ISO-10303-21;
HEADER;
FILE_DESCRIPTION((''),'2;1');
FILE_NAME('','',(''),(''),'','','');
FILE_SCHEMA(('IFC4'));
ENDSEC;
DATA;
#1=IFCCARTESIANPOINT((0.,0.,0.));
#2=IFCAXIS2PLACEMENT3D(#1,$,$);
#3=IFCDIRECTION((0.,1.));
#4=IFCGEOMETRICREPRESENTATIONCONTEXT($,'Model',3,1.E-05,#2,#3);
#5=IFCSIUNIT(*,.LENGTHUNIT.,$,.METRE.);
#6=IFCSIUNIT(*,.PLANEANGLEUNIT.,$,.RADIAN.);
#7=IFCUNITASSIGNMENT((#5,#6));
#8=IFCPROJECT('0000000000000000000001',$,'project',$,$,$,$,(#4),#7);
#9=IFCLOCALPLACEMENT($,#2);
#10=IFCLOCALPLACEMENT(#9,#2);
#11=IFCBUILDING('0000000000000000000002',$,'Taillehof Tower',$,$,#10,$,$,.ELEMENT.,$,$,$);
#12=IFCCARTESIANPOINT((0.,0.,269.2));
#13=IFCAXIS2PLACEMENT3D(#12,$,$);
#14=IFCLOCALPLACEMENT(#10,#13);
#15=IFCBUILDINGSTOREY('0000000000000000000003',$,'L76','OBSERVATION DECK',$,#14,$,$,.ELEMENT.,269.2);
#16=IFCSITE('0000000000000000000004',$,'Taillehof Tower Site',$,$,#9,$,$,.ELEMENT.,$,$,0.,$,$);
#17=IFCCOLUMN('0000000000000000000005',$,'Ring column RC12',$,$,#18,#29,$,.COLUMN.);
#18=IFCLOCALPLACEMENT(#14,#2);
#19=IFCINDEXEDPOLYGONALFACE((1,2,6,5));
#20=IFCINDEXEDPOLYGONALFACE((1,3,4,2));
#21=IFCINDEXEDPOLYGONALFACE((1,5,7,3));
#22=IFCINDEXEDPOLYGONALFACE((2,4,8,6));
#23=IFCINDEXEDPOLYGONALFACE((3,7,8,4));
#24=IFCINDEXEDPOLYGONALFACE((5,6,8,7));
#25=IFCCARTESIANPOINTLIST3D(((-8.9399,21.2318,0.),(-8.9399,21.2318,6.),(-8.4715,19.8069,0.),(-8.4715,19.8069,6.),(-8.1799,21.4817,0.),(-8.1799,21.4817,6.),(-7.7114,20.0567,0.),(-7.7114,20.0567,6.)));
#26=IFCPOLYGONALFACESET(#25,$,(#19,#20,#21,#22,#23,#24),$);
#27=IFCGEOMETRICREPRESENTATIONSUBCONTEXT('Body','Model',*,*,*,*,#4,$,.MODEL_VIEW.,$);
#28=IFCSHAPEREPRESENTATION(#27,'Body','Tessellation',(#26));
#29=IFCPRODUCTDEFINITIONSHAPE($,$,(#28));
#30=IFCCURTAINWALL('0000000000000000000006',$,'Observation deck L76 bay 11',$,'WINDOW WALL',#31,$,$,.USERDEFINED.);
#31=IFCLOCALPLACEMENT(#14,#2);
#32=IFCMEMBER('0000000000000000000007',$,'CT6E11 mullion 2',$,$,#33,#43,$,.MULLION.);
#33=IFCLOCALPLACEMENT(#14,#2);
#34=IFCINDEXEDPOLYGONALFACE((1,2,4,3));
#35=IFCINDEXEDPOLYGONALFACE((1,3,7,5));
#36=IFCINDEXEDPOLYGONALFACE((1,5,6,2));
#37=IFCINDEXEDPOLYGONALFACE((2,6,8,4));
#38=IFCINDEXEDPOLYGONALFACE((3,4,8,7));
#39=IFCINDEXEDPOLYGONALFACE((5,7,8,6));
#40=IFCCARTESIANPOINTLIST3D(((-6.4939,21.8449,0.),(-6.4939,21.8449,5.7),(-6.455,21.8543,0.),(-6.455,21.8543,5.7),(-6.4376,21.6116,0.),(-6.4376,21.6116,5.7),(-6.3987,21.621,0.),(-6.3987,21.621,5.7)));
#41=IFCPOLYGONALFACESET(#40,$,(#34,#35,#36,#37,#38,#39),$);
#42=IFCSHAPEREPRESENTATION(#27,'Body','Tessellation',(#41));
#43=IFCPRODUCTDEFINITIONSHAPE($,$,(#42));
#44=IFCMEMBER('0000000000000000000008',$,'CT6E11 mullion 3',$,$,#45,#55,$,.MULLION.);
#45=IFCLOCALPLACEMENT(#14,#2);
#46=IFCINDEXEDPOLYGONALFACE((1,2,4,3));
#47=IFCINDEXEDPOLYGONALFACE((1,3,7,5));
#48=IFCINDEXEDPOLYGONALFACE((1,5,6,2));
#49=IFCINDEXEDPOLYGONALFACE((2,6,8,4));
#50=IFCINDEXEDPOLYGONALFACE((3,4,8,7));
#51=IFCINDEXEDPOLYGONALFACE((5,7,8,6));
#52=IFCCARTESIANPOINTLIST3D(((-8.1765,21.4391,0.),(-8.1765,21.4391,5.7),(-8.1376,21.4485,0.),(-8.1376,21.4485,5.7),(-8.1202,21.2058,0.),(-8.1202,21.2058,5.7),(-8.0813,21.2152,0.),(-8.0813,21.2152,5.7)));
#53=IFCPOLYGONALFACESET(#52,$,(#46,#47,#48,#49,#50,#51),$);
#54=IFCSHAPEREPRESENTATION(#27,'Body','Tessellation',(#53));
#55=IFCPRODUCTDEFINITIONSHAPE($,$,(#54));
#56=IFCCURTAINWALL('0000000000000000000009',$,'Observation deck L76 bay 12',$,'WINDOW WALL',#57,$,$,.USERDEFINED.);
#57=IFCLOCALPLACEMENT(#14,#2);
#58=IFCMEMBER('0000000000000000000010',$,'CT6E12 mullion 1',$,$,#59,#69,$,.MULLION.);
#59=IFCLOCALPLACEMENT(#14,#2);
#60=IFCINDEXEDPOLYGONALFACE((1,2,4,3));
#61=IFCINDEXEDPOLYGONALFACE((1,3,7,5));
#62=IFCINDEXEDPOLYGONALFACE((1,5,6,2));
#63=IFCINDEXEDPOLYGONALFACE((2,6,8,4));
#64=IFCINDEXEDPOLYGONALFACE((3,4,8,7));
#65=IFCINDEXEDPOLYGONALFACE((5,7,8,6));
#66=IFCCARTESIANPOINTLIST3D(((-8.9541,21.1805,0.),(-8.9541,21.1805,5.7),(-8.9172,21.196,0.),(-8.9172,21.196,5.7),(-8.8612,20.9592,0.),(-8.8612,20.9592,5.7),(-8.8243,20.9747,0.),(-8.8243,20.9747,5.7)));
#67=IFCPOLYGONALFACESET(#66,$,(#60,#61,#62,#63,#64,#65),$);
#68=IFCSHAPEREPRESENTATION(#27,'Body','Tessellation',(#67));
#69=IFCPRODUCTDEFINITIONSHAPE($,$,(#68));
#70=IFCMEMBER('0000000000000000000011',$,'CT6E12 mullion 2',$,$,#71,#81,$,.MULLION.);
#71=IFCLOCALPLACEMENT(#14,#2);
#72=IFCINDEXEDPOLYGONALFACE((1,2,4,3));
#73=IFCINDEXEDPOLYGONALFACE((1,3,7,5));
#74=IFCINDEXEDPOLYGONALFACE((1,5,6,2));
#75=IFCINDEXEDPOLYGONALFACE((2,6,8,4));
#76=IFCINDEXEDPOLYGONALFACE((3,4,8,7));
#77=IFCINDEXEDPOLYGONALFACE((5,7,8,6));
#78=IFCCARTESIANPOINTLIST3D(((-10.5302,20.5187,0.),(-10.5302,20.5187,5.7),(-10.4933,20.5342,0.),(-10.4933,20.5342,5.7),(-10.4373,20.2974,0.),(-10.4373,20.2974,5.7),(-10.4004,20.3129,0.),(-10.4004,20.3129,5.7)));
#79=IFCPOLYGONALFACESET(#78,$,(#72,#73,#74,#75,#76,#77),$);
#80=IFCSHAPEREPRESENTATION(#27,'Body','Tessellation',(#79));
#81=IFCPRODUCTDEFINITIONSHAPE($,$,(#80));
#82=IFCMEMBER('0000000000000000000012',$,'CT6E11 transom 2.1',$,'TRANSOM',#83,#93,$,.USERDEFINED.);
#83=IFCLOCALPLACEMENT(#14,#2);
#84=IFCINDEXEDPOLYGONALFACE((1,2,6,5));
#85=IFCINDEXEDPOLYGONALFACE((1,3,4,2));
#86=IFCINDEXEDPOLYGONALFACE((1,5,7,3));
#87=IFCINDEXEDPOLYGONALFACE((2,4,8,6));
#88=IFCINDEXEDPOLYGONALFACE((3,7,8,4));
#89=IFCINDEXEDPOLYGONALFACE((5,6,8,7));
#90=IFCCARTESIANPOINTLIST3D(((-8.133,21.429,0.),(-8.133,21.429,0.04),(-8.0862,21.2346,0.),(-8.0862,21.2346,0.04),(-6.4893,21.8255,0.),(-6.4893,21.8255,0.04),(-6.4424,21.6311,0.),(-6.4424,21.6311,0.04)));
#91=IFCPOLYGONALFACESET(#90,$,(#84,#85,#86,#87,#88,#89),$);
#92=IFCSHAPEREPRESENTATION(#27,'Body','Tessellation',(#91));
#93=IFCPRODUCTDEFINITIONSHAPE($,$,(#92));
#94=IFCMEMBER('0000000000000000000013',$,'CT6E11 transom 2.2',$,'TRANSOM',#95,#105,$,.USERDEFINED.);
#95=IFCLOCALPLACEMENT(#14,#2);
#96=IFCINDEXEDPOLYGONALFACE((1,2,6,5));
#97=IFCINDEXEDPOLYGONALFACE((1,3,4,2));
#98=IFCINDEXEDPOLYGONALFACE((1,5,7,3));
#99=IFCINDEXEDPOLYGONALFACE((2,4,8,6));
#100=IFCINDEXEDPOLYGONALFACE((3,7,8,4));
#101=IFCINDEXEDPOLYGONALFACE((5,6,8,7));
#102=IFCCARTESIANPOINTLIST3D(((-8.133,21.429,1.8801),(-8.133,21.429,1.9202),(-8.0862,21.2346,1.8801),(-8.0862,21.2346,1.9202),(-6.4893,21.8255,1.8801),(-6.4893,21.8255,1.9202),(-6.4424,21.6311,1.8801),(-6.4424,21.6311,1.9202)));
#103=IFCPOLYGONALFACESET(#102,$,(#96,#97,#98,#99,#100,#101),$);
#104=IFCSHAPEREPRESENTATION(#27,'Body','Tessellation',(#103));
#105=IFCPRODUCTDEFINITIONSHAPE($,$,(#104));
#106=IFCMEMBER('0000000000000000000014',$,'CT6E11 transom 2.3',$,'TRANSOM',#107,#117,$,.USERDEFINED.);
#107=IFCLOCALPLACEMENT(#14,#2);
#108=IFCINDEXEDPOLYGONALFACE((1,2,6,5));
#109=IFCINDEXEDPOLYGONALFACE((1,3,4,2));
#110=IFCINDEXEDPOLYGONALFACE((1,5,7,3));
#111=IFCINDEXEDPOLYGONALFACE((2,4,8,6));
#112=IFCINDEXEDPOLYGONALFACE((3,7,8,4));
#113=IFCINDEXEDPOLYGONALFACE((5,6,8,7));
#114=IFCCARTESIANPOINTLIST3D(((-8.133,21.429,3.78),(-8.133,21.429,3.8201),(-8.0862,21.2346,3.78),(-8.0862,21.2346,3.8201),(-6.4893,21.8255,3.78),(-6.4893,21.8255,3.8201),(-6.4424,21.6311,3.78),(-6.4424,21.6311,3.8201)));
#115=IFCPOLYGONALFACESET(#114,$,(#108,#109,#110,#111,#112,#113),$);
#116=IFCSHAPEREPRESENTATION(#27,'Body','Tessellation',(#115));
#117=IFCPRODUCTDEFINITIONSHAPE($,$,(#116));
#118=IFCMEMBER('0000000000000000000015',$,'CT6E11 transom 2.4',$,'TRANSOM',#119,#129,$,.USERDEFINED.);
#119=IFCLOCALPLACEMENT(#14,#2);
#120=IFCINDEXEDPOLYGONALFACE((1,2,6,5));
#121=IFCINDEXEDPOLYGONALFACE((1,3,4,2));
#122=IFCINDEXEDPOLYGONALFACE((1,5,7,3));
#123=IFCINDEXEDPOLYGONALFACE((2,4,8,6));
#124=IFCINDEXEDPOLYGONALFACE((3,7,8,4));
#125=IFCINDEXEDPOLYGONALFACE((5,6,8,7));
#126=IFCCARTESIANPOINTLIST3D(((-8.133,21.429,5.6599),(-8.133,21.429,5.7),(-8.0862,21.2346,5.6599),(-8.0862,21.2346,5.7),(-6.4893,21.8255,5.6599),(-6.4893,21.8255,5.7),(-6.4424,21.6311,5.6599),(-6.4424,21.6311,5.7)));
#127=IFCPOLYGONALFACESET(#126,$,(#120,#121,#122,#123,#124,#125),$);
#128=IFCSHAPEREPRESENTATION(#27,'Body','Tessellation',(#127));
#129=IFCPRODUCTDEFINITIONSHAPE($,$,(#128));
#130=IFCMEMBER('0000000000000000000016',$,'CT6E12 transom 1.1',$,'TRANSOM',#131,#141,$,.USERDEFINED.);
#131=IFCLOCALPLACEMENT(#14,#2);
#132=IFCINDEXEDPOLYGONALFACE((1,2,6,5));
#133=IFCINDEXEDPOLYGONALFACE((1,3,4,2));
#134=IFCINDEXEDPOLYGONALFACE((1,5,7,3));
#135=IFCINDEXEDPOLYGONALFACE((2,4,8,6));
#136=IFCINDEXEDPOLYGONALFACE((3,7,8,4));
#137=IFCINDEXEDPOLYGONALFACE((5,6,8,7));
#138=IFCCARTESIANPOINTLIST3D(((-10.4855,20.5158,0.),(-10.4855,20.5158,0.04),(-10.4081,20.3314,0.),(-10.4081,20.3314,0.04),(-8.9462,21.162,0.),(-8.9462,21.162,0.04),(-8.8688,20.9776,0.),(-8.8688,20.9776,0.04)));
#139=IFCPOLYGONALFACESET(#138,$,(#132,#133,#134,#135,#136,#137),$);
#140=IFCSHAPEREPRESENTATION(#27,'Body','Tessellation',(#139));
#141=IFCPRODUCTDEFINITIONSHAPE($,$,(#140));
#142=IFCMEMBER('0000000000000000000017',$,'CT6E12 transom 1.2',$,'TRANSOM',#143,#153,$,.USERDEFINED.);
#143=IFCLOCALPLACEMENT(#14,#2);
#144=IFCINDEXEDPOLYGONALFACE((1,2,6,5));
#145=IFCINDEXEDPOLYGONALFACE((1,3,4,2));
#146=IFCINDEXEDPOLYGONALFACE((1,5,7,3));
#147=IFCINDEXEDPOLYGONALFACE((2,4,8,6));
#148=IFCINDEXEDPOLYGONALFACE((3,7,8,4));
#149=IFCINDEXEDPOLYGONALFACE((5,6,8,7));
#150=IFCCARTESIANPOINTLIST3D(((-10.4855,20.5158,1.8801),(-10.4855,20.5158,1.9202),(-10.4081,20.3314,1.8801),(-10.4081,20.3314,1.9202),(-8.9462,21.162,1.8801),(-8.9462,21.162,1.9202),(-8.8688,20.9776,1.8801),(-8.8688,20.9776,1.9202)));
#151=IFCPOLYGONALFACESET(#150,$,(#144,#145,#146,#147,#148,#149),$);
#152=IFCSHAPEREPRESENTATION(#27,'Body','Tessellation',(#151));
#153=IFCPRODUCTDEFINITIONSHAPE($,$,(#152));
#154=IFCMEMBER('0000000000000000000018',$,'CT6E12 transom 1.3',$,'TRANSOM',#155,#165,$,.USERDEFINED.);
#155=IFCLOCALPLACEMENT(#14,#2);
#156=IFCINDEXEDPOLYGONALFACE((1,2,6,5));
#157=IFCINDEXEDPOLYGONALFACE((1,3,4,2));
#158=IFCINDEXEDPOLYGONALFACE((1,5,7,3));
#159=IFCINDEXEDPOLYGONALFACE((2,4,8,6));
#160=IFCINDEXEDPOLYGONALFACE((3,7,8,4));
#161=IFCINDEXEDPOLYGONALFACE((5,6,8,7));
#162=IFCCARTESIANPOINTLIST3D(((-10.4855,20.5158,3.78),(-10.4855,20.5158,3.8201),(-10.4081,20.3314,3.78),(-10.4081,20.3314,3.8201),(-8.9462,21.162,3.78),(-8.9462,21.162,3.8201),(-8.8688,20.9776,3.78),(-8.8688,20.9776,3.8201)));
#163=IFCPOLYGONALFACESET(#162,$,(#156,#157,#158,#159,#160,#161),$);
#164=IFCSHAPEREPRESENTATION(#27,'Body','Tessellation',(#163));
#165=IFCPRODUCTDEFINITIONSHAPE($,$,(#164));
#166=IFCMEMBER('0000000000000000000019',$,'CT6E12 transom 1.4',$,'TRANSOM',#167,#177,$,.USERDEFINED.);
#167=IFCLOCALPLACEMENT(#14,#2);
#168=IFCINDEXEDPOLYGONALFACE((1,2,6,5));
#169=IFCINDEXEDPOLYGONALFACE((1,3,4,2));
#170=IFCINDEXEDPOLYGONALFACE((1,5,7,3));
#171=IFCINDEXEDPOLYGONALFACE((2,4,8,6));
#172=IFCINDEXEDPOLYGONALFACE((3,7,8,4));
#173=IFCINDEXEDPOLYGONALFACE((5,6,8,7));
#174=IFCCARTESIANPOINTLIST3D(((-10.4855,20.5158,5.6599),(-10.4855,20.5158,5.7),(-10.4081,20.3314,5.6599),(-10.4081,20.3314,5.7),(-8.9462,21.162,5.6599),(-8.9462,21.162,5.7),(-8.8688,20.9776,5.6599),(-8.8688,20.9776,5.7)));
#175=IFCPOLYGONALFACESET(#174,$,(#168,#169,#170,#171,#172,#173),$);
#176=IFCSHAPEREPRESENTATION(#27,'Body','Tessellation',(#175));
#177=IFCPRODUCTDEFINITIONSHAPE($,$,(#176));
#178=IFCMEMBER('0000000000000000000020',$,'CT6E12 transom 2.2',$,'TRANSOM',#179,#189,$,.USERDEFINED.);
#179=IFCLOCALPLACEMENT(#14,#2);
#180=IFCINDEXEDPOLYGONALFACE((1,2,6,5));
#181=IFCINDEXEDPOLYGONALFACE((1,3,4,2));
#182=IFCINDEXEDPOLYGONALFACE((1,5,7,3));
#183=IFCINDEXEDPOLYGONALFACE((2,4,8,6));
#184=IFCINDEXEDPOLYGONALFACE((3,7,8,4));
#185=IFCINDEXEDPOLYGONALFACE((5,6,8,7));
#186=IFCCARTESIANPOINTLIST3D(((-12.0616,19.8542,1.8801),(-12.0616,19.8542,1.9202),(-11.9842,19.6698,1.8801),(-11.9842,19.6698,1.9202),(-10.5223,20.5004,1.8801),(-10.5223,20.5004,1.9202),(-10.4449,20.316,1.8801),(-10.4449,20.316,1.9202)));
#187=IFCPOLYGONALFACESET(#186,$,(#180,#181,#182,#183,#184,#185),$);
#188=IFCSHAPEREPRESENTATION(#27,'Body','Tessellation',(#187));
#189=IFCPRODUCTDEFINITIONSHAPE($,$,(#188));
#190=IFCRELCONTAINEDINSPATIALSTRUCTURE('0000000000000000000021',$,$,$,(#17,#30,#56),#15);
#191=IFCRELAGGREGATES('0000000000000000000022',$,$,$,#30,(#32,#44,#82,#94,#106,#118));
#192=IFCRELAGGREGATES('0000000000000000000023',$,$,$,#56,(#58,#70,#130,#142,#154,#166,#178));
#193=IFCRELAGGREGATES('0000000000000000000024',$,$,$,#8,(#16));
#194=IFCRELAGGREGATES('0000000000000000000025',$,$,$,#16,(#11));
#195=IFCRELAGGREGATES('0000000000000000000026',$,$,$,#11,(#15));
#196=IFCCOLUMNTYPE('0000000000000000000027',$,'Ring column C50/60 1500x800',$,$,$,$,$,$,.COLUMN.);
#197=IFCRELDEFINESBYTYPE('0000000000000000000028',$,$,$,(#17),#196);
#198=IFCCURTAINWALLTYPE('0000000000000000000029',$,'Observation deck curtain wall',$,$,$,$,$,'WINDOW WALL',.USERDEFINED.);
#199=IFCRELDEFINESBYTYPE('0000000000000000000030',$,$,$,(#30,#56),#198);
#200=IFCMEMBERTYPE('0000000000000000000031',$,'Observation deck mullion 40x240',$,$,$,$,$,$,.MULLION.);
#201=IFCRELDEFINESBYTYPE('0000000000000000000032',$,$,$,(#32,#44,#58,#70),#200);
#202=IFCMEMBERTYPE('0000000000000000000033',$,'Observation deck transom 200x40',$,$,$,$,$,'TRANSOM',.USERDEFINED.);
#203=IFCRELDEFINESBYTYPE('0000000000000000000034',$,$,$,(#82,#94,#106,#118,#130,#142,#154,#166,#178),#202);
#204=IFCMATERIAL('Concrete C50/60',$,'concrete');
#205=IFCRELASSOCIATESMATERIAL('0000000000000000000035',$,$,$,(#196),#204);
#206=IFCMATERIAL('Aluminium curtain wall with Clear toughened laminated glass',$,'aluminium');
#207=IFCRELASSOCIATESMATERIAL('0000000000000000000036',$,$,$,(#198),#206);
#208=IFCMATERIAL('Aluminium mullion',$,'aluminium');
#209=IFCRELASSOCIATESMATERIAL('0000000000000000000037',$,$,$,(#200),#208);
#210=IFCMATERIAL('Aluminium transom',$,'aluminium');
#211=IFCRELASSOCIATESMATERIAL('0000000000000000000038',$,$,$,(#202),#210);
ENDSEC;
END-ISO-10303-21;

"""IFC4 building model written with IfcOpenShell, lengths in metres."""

from ifc_helpers import new_model, si_unit, direction, frame, origin, origin_2d, place, context, subcontext, project, spatial, rectangle, extrude, material, material_profile, profile_set, type_object, element, aggregate, save


model = new_model("IFC4")

# Units and contexts
model_context = context("Model", 3, precision=1e-05, world=origin(), true_north=direction((0.0, 1.0)))
body_context = subcontext(model_context, "Body", "Model", "MODEL_VIEW")
ifc_project = project(units=[si_unit("LENGTHUNIT", "METRE"), si_unit("PLANEANGLEUNIT", "RADIAN")], contexts=[model_context])

# Site, building, storey
site_placement = place(None, origin())
site = spatial("IfcSite", under=ifc_project, at=site_placement, Name="Taillehof Tower Site", CompositionType="ELEMENT", RefElevation=0.0)
building_placement = place(site_placement, origin())
building = spatial("IfcBuilding", under=site, at=building_placement, Name="Taillehof Tower", CompositionType="ELEMENT")
storey_placement = place(building_placement, frame((0.0, 0.0, 269.2)))
storey = spatial("IfcBuildingStorey", under=building, at=storey_placement, Name="L76", Description="OBSERVATION DECK", CompositionType="ELEMENT", Elevation=269.2)

# Column
ifc_material_1 = material(Name="Concrete C50/60", Category="concrete")
ifc_material_profile_1 = material_profile(ifc_material_1, rectangle(XDim=1.5, YDim=0.8, at=origin_2d()), Name="RC 1500x800")
ifc_profile_set_1 = profile_set([ifc_material_profile_1], Name="Concrete C50/60")
column_type = type_object("IfcColumnType", Name="Ring column C50/60 1500x800", PredefinedType="COLUMN", material=ifc_profile_set_1)
column_placement = place(storey_placement, frame((-8.3257, 20.6443, 0.0), z_axis=(0.0, 0.0, 1.0), x_axis=(-0.312304, 0.949982, 0.0)))
element("IfcColumn", 1, at=column_placement, inside=storey, type_object=column_type, Name="Ring column RC12", PredefinedType="COLUMN", context=body_context, shape_type="SweptSolid", body=[
    extrude(rectangle(XDim=1.5, YDim=0.8, at=origin_2d()), origin(), (0.0, 0.0, 1.0), 6.0),
])

# Curtain walls, members
ifc_material_2 = material(Name="Aluminium curtain wall with Clear toughened laminated glass", Category="aluminium")
curtain_wall_type = type_object("IfcCurtainWallType", Name="Observation deck curtain wall", ElementType="WINDOW WALL", PredefinedType="USERDEFINED", material=ifc_material_2)
curtain_wall_1_placement = place(storey_placement, origin())
curtain_wall_1 = element("IfcCurtainWall", 2, at=curtain_wall_1_placement, inside=storey, type_object=curtain_wall_type, Name="Observation deck L76 bay 11", ObjectType="WINDOW WALL", PredefinedType="USERDEFINED")
ifc_material_3 = material(Name="Aluminium mullion", Category="aluminium")
ifc_material_profile_2 = material_profile(ifc_material_3, rectangle(XDim=0.24, YDim=0.04, at=origin_2d()), Name="AL 40x240")
ifc_profile_set_2 = profile_set([ifc_material_profile_2], Name="Aluminium mullion")
member_type_1 = type_object("IfcMemberType", Name="Observation deck mullion 40x240", PredefinedType="MULLION", material=ifc_profile_set_2)
member_1_placement = place(storey_placement, frame((-6.4463, 21.7329, 0.0), z_axis=(0.0, 0.0, 1.0), x_axis=(0.234515, -0.972113, 0.0)))
member_1 = element("IfcMember", 3, at=member_1_placement, type_object=member_type_1, Name="CT6E11 mullion 2", PredefinedType="MULLION", context=body_context, shape_type="SweptSolid", body=[
    extrude(rectangle(XDim=0.24, YDim=0.04, at=origin_2d()), origin(), (0.0, 0.0, 1.0), 5.7),
])
member_2_placement = place(storey_placement, frame((-8.1289, 21.3271, 0.0), z_axis=(0.0, 0.0, 1.0), x_axis=(0.234515, -0.972113, 0.0)))
member_2 = element("IfcMember", 4, at=member_2_placement, type_object=member_type_1, Name="CT6E11 mullion 3", PredefinedType="MULLION", context=body_context, shape_type="SweptSolid", body=[
    extrude(rectangle(XDim=0.24, YDim=0.04, at=origin_2d()), origin(), (0.0, 0.0, 1.0), 5.7),
])
curtain_wall_2_placement = place(storey_placement, origin())
curtain_wall_2 = element("IfcCurtainWall", 5, at=curtain_wall_2_placement, inside=storey, type_object=curtain_wall_type, Name="Observation deck L76 bay 12", ObjectType="WINDOW WALL", PredefinedType="USERDEFINED")
member_3_placement = place(storey_placement, frame((-8.8892, 21.0776, 0.0), z_axis=(0.0, 0.0, 1.0), x_axis=(0.387101, -0.922037, 0.0)))
member_3 = element("IfcMember", 6, at=member_3_placement, type_object=member_type_1, Name="CT6E12 mullion 1", PredefinedType="MULLION", context=body_context, shape_type="SweptSolid", body=[
    extrude(rectangle(XDim=0.24, YDim=0.04, at=origin_2d()), origin(), (0.0, 0.0, 1.0), 5.7),
])
member_4_placement = place(storey_placement, frame((-10.4653, 20.4158, 0.0), z_axis=(0.0, 0.0, 1.0), x_axis=(0.387101, -0.922037, 0.0)))
member_4 = element("IfcMember", 7, at=member_4_placement, type_object=member_type_1, Name="CT6E12 mullion 2", PredefinedType="MULLION", context=body_context, shape_type="SweptSolid", body=[
    extrude(rectangle(XDim=0.24, YDim=0.04, at=origin_2d()), origin(), (0.0, 0.0, 1.0), 5.7),
])

# Members
ifc_material_4 = material(Name="Aluminium transom", Category="aluminium")
ifc_material_profile_3 = material_profile(ifc_material_4, rectangle(XDim=0.2, YDim=0.04, at=origin_2d()), Name="AL 200x40")
ifc_profile_set_3 = profile_set([ifc_material_profile_3], Name="Aluminium transom")
member_type_2 = type_object("IfcMemberType", Name="Observation deck transom 200x40", ElementType="TRANSOM", PredefinedType="USERDEFINED", material=ifc_profile_set_3)
member_5_placement = place(storey_placement, frame((-6.4658, 21.7283, 0.02), z_axis=(-0.972122, -0.234476, 0.0), x_axis=(0.234476, -0.972122, 0.0)))
member_5 = element("IfcMember", 8, at=member_5_placement, type_object=member_type_2, Name="CT6E11 transom 2.1", ObjectType="TRANSOM", PredefinedType="USERDEFINED", context=body_context, shape_type="SweptSolid", body=[
    extrude(rectangle(XDim=0.2, YDim=0.04, at=origin_2d()), origin(), (0.0, 0.0, 1.0), 1.6909),
])
member_6_placement = place(storey_placement, frame((-6.4658, 21.7283, 1.9001), z_axis=(-0.972122, -0.234476, 0.0), x_axis=(0.234476, -0.972122, 0.0)))
member_6 = element("IfcMember", 9, at=member_6_placement, type_object=member_type_2, Name="CT6E11 transom 2.2", ObjectType="TRANSOM", PredefinedType="USERDEFINED", context=body_context, shape_type="SweptSolid", body=[
    extrude(rectangle(XDim=0.2, YDim=0.04, at=origin_2d()), origin(), (0.0, 0.0, 1.0), 1.6909),
])
member_7_placement = place(storey_placement, frame((-6.4658, 21.7283, 3.8), z_axis=(-0.972122, -0.234476, 0.0), x_axis=(0.234476, -0.972122, 0.0)))
member_7 = element("IfcMember", 10, at=member_7_placement, type_object=member_type_2, Name="CT6E11 transom 2.3", ObjectType="TRANSOM", PredefinedType="USERDEFINED", context=body_context, shape_type="SweptSolid", body=[
    extrude(rectangle(XDim=0.2, YDim=0.04, at=origin_2d()), origin(), (0.0, 0.0, 1.0), 1.6909),
])
member_8_placement = place(storey_placement, frame((-6.4658, 21.7283, 5.6799), z_axis=(-0.972122, -0.234476, 0.0), x_axis=(0.234476, -0.972122, 0.0)))
member_8 = element("IfcMember", 11, at=member_8_placement, type_object=member_type_2, Name="CT6E11 transom 2.4", ObjectType="TRANSOM", PredefinedType="USERDEFINED", context=body_context, shape_type="SweptSolid", body=[
    extrude(rectangle(XDim=0.2, YDim=0.04, at=origin_2d()), origin(), (0.0, 0.0, 1.0), 1.6909),
])
member_9_placement = place(storey_placement, frame((-8.9075, 21.0698, 0.02), z_axis=(-0.92204, -0.387096, 0.0), x_axis=(0.387096, -0.92204, 0.0)))
member_9 = element("IfcMember", 12, at=member_9_placement, type_object=member_type_2, Name="CT6E12 transom 1.1", ObjectType="TRANSOM", PredefinedType="USERDEFINED", context=body_context, shape_type="SweptSolid", body=[
    extrude(rectangle(XDim=0.2, YDim=0.04, at=origin_2d()), origin(), (0.0, 0.0, 1.0), 1.6694),
])
member_10_placement = place(storey_placement, frame((-8.9075, 21.0698, 1.9001), z_axis=(-0.92204, -0.387096, 0.0), x_axis=(0.387096, -0.92204, 0.0)))
member_10 = element("IfcMember", 13, at=member_10_placement, type_object=member_type_2, Name="CT6E12 transom 1.2", ObjectType="TRANSOM", PredefinedType="USERDEFINED", context=body_context, shape_type="SweptSolid", body=[
    extrude(rectangle(XDim=0.2, YDim=0.04, at=origin_2d()), origin(), (0.0, 0.0, 1.0), 1.6694),
])
member_11_placement = place(storey_placement, frame((-8.9075, 21.0698, 3.8), z_axis=(-0.92204, -0.387096, 0.0), x_axis=(0.387096, -0.92204, 0.0)))
member_11 = element("IfcMember", 14, at=member_11_placement, type_object=member_type_2, Name="CT6E12 transom 1.3", ObjectType="TRANSOM", PredefinedType="USERDEFINED", context=body_context, shape_type="SweptSolid", body=[
    extrude(rectangle(XDim=0.2, YDim=0.04, at=origin_2d()), origin(), (0.0, 0.0, 1.0), 1.6694),
])
member_12_placement = place(storey_placement, frame((-8.9075, 21.0698, 5.6799), z_axis=(-0.92204, -0.387096, 0.0), x_axis=(0.387096, -0.92204, 0.0)))
member_12 = element("IfcMember", 15, at=member_12_placement, type_object=member_type_2, Name="CT6E12 transom 1.4", ObjectType="TRANSOM", PredefinedType="USERDEFINED", context=body_context, shape_type="SweptSolid", body=[
    extrude(rectangle(XDim=0.2, YDim=0.04, at=origin_2d()), origin(), (0.0, 0.0, 1.0), 1.6694),
])
member_13_placement = place(storey_placement, frame((-10.4836, 20.4082, 1.9001), z_axis=(-0.92204, -0.387096, 0.0), x_axis=(0.387096, -0.92204, 0.0)))
member_13 = element("IfcMember", 16, at=member_13_placement, type_object=member_type_2, Name="CT6E12 transom 2.2", ObjectType="TRANSOM", PredefinedType="USERDEFINED", context=body_context, shape_type="SweptSolid", body=[
    extrude(rectangle(XDim=0.2, YDim=0.04, at=origin_2d()), origin(), (0.0, 0.0, 1.0), 1.6694),
])

aggregate(curtain_wall_1, [member_1, member_2, member_5, member_6, member_7, member_8])
aggregate(curtain_wall_2, [member_3, member_4, member_9, member_10, member_11, member_12, member_13])

save(model, "model.ifc")
